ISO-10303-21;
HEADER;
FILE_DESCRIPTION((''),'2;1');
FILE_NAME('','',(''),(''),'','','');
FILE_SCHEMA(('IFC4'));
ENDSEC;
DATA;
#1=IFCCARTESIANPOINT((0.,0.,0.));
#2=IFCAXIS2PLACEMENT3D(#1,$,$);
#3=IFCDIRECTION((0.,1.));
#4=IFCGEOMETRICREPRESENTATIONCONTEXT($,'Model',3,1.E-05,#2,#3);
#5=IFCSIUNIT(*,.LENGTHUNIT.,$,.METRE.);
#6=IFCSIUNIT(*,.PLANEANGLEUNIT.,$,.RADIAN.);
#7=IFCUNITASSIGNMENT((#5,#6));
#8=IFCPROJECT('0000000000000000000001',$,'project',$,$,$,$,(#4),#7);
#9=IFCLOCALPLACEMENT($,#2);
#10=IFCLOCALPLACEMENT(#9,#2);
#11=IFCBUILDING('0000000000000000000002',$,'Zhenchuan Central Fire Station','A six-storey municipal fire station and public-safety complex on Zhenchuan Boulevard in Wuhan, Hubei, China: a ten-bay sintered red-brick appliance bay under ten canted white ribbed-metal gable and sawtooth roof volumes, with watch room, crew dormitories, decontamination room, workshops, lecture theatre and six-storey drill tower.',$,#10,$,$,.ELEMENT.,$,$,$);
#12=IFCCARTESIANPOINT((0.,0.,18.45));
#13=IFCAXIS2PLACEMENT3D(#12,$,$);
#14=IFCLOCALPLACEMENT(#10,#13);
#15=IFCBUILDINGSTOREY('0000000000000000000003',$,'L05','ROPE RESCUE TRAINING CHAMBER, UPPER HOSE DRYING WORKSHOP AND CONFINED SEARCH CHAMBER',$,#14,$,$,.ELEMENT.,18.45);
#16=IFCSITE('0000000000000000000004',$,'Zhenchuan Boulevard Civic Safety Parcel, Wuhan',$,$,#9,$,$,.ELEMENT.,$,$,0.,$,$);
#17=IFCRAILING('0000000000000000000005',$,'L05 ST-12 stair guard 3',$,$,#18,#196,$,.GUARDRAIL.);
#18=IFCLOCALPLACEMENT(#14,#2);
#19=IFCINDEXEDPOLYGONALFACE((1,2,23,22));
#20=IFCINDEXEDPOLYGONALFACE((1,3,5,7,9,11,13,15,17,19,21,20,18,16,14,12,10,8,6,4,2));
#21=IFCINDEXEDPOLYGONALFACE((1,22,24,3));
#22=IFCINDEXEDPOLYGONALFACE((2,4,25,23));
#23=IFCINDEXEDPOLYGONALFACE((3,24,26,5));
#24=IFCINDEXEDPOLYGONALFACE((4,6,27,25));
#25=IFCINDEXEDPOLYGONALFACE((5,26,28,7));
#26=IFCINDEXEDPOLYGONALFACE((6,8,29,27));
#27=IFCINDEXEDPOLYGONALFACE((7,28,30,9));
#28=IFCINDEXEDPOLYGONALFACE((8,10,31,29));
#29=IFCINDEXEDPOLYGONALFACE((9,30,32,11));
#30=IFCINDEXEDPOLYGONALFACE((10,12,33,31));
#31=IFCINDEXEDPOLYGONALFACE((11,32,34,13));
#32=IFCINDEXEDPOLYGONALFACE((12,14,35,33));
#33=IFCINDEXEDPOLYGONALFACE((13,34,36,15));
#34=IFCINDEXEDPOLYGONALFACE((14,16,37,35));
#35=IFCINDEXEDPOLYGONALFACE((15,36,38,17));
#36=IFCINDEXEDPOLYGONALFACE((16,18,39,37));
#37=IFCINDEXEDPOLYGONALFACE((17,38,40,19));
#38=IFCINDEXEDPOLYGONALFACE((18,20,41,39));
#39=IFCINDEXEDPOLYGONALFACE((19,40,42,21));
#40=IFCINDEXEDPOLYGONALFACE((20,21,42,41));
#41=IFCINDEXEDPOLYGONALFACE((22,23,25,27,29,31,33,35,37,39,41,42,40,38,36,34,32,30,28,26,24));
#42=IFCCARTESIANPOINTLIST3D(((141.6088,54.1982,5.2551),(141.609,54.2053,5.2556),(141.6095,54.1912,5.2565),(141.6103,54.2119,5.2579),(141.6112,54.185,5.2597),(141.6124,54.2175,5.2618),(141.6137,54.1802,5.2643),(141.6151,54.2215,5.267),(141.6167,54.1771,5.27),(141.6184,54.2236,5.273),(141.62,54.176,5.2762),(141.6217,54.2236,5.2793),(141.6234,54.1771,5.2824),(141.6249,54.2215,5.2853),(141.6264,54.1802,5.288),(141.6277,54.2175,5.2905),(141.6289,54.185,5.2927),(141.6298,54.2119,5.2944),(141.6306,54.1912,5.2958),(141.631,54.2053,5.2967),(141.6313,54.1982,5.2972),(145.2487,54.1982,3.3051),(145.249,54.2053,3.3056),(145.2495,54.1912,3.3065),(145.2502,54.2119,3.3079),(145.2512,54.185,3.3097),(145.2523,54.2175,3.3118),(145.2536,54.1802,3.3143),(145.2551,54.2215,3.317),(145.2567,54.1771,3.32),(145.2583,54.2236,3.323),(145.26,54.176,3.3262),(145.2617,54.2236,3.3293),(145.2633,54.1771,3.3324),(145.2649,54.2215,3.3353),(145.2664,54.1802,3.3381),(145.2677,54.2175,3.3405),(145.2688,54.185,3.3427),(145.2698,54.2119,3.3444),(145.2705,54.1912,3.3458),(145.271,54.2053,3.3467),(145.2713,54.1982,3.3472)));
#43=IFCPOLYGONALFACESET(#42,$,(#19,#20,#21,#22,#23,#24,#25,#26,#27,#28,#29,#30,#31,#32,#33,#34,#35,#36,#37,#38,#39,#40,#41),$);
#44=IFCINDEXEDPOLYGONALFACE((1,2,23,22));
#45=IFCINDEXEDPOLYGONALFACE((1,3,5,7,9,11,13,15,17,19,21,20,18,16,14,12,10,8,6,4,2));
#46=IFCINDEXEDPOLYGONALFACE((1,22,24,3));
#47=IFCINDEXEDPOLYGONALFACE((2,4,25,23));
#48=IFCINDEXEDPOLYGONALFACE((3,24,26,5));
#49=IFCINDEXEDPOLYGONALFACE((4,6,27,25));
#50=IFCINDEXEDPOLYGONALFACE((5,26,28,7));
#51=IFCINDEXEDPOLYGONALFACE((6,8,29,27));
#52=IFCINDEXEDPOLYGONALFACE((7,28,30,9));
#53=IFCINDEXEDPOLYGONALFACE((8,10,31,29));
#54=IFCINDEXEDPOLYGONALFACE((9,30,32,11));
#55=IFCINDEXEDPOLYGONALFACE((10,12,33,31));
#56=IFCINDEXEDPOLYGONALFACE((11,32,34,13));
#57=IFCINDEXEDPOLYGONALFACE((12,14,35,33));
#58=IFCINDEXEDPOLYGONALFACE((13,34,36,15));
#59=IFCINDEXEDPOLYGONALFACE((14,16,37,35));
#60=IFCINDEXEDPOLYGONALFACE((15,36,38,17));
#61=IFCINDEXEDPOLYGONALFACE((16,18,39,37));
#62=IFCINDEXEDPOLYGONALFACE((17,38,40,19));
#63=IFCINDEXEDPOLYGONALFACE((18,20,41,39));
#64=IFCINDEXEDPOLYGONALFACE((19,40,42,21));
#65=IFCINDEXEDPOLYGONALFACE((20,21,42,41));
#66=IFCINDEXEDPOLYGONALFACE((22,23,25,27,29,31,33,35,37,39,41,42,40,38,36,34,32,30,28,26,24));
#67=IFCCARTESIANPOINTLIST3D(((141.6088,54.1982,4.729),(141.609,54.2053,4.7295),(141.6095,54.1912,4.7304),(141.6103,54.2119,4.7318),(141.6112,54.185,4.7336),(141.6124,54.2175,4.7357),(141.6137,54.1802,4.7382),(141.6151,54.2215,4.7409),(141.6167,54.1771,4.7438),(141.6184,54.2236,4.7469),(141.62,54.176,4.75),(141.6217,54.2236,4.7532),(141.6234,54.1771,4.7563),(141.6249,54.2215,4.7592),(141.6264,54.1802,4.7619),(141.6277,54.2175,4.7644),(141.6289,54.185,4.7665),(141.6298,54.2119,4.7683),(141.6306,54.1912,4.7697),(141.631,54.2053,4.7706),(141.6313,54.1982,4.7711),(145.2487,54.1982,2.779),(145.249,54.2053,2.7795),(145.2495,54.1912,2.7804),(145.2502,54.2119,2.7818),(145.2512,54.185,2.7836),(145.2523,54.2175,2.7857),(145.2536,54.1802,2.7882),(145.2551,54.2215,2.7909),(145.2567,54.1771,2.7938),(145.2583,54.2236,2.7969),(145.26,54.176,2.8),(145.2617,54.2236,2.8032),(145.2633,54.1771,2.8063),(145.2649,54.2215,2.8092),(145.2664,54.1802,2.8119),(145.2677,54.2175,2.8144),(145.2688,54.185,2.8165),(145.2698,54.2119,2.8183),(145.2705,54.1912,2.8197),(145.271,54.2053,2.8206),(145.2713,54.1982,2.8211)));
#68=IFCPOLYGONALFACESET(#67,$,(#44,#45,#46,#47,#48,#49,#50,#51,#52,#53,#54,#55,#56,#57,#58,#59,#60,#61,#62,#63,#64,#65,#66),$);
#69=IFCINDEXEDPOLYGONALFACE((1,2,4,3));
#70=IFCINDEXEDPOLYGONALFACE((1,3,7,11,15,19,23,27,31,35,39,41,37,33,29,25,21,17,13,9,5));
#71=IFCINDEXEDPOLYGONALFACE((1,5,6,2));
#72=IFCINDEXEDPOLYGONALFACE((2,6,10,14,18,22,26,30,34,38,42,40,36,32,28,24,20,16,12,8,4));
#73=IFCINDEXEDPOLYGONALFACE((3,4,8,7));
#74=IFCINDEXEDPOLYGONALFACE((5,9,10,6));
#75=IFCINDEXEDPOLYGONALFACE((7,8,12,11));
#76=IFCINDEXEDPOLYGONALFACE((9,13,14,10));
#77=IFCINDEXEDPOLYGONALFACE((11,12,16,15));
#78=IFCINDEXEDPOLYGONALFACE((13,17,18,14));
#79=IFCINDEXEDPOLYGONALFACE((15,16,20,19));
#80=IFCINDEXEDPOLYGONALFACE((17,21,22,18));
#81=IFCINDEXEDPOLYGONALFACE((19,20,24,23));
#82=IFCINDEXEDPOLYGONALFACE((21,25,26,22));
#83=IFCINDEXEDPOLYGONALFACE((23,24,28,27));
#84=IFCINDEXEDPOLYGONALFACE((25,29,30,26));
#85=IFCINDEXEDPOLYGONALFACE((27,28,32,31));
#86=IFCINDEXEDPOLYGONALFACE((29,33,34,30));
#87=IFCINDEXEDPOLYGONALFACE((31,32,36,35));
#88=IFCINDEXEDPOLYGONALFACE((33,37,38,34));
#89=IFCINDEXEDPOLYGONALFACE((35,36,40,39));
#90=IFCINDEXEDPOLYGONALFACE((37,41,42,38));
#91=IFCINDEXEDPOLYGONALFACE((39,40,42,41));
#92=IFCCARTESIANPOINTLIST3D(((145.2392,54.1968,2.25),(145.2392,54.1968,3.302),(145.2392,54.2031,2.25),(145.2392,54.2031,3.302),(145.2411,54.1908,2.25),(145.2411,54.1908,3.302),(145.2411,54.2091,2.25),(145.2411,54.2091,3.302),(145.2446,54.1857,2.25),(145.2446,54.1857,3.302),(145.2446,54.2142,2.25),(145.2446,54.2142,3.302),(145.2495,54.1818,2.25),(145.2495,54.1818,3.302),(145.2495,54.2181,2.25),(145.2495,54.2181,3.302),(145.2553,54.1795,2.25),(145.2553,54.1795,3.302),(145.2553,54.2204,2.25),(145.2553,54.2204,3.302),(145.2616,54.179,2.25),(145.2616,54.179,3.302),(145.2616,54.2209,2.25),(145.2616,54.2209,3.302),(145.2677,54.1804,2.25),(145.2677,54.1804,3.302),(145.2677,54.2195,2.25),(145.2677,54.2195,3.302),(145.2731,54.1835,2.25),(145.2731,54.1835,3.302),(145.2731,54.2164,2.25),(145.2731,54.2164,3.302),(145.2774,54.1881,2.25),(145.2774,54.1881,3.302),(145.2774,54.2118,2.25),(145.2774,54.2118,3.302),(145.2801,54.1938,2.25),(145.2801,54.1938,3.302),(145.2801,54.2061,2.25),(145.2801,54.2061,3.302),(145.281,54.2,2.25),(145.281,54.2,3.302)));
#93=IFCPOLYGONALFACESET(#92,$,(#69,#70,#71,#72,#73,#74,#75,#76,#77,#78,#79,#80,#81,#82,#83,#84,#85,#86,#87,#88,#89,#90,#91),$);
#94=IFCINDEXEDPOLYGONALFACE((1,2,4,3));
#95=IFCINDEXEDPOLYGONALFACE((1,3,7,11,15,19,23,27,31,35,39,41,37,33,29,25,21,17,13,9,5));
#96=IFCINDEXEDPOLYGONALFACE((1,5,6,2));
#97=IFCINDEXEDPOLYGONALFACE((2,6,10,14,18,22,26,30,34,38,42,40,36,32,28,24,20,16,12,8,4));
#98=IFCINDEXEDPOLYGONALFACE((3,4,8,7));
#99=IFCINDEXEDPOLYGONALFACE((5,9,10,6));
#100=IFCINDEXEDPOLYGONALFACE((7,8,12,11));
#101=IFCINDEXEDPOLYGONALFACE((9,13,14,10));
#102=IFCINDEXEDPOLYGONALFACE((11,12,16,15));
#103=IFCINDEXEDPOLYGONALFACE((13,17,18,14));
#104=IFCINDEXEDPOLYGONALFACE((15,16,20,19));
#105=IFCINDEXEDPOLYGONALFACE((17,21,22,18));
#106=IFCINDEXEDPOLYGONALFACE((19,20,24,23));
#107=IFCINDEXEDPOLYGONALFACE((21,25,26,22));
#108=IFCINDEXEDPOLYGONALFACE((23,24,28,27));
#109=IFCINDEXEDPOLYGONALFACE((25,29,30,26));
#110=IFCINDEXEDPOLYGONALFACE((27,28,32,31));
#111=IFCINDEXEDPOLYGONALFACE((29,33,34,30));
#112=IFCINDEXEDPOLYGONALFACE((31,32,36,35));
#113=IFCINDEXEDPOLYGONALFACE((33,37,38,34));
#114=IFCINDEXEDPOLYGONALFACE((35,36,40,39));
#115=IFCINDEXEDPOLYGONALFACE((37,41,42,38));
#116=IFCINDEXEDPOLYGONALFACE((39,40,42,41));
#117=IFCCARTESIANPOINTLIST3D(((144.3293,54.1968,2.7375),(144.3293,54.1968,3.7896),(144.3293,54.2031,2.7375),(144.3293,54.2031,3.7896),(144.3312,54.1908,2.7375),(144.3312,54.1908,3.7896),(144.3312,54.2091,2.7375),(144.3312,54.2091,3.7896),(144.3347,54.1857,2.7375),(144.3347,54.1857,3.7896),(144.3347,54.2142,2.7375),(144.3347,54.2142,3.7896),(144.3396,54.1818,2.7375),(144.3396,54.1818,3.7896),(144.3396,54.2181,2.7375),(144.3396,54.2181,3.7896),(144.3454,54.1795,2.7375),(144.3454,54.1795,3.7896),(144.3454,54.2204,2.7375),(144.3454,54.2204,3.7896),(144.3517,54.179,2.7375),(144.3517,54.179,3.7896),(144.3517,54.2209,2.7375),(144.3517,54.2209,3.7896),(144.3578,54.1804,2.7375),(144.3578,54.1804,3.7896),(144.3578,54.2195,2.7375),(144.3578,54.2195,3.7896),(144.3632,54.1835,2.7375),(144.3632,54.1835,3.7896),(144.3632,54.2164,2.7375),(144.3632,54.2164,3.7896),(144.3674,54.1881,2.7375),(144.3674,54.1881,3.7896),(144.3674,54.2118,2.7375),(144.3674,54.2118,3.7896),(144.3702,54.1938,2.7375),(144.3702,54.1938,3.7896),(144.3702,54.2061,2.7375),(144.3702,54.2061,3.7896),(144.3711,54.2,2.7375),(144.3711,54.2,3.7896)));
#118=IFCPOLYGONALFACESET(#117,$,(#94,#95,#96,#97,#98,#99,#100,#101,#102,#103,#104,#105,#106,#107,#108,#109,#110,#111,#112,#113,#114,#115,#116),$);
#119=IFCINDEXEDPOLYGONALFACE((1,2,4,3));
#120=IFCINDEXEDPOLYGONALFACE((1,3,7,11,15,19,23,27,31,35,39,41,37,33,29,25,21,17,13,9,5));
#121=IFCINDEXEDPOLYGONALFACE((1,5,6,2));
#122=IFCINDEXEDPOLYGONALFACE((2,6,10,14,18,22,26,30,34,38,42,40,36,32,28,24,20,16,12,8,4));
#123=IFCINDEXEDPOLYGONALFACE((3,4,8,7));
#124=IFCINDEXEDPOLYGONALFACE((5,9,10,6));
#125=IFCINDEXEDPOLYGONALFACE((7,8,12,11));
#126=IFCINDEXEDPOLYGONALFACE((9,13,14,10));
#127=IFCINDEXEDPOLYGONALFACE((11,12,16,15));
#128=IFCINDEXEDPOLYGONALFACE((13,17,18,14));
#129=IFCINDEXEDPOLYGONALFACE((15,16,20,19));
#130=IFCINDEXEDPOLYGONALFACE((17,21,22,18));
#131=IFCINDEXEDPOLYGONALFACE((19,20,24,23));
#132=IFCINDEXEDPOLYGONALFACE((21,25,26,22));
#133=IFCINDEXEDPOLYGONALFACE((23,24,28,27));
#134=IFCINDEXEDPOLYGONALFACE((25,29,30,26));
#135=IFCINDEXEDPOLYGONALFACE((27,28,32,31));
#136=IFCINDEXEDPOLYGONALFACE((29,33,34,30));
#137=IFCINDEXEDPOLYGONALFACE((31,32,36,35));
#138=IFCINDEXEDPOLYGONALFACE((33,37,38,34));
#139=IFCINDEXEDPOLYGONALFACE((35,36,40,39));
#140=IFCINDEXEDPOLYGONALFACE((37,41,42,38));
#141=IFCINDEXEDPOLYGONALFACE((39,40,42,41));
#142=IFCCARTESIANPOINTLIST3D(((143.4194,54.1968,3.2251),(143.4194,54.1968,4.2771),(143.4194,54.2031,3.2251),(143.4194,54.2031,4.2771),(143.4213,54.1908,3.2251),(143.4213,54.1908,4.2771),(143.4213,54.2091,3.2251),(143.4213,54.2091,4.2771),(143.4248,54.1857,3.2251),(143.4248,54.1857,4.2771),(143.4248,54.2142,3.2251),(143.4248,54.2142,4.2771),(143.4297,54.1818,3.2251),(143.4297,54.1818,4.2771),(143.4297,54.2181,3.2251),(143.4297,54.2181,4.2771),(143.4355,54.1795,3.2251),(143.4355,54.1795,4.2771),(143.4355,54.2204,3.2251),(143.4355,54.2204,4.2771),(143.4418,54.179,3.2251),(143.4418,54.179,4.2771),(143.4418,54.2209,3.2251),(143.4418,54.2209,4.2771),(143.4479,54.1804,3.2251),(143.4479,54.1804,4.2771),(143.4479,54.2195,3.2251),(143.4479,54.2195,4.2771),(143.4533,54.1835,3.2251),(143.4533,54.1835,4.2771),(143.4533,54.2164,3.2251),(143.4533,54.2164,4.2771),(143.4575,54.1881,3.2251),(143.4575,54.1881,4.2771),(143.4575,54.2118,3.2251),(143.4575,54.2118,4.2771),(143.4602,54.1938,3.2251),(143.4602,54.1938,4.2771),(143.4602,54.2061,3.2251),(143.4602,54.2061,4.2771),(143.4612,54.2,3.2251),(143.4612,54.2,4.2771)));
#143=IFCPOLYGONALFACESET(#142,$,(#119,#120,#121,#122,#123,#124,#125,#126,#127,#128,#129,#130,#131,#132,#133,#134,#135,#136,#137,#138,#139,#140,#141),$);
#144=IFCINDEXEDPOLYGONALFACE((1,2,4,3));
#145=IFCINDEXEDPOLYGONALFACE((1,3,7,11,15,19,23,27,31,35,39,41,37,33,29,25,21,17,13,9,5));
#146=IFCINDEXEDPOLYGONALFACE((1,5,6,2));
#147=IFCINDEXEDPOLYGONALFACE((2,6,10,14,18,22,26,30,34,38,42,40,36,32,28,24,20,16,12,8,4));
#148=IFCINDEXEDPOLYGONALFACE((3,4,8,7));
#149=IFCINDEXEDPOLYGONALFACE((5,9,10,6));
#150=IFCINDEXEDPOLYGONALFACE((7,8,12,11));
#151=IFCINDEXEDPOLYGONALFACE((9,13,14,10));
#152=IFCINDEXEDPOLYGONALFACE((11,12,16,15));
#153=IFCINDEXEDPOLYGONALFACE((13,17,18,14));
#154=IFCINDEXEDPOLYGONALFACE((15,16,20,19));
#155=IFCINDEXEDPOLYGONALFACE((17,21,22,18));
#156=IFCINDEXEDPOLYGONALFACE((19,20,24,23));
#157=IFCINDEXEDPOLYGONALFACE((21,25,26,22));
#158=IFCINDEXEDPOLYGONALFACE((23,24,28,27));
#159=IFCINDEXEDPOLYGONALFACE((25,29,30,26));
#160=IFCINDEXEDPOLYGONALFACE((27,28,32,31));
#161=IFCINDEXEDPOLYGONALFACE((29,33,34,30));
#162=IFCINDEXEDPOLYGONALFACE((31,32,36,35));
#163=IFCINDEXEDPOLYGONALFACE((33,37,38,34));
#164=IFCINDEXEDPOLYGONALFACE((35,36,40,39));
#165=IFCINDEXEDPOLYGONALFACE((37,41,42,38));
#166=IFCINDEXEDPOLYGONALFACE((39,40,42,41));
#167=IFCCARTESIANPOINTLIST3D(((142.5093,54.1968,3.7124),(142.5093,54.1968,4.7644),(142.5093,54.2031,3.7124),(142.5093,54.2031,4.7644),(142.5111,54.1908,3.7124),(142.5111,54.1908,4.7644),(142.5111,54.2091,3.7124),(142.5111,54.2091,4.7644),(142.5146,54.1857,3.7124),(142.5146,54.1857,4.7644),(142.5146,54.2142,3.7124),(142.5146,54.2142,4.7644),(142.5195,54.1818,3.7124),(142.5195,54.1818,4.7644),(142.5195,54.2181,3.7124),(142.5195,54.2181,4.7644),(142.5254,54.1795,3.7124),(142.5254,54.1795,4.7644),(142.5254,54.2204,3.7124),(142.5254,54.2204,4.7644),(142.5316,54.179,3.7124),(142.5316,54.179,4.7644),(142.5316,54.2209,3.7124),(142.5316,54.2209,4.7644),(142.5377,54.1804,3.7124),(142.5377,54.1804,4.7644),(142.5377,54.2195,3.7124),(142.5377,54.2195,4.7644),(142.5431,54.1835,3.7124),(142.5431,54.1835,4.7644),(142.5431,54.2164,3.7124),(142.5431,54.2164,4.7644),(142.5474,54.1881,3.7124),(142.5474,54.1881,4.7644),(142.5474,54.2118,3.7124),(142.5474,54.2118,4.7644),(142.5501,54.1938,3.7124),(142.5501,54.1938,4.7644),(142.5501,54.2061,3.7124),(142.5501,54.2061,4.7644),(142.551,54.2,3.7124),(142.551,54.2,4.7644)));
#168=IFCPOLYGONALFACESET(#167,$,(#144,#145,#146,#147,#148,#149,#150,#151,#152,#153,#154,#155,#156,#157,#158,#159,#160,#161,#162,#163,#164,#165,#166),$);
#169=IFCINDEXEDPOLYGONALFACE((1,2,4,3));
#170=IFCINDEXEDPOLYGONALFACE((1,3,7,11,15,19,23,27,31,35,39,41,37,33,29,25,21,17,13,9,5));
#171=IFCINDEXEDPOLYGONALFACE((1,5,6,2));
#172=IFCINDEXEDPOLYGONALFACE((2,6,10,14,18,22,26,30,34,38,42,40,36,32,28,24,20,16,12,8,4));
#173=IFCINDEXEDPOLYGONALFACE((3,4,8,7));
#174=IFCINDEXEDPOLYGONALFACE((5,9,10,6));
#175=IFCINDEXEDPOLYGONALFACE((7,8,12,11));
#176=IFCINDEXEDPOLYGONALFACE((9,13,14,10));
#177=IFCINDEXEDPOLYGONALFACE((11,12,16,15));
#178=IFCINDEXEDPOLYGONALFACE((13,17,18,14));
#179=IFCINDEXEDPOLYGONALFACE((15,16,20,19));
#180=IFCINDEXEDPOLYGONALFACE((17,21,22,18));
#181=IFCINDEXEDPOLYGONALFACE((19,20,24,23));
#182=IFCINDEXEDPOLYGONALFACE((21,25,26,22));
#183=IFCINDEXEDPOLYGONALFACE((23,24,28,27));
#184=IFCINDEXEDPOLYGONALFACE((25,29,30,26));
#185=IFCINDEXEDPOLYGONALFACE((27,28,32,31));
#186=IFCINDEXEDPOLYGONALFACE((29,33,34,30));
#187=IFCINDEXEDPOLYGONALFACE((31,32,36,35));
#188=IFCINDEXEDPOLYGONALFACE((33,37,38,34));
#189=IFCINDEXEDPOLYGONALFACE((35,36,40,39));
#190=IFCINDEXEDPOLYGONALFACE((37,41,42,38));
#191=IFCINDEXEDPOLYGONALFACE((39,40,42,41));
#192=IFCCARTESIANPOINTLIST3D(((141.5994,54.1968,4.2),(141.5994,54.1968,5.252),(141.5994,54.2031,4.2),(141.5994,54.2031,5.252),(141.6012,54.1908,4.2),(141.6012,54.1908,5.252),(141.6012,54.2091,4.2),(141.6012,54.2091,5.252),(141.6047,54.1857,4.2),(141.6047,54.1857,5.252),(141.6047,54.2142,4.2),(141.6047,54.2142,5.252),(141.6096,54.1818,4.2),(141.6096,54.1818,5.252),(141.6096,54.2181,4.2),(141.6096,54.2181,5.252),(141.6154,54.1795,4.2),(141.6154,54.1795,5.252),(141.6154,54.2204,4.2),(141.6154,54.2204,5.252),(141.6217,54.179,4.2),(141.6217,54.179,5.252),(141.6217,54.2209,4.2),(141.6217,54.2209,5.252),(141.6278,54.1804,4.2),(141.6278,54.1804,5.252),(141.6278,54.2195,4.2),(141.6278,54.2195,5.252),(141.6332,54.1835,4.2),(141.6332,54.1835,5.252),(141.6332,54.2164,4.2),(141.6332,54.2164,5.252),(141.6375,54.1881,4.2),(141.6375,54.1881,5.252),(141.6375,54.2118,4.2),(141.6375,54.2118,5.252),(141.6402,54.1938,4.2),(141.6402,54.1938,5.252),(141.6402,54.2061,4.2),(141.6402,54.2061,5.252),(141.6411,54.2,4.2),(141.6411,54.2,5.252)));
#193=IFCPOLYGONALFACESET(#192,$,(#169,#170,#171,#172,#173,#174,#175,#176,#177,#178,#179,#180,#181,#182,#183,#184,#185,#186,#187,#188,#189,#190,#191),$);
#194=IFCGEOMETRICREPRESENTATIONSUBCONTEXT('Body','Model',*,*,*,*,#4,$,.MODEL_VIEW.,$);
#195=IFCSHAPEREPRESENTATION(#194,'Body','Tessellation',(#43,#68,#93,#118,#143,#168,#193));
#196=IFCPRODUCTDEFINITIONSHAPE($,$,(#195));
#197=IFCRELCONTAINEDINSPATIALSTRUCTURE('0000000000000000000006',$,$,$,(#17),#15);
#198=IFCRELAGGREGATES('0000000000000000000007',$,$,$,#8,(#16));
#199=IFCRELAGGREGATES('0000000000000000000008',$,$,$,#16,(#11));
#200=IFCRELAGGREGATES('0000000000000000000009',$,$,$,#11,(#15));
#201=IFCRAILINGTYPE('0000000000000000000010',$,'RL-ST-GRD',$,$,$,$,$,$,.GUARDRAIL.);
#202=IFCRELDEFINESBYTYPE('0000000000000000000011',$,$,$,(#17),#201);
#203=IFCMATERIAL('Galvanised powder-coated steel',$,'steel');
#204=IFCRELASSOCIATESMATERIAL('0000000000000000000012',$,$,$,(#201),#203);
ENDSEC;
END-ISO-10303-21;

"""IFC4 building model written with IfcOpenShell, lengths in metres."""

from ifc_helpers import new_model, si_unit, direction, frame, origin, origin_2d, place, context, subcontext, project, spatial, circle, extrude, material, type_object, element, save


model = new_model("IFC4")

# Units and contexts
model_context = context("Model", 3, precision=1e-05, world=origin(), true_north=direction((0.0, 1.0)))
body_context = subcontext(model_context, "Body", "Model", "MODEL_VIEW")
ifc_project = project(units=[si_unit("LENGTHUNIT", "METRE"), si_unit("PLANEANGLEUNIT", "RADIAN")], contexts=[model_context])

# Site, building, storey
site_placement = place(None, origin())
site = spatial("IfcSite", under=ifc_project, at=site_placement, Name="Zhenchuan Boulevard Civic Safety Parcel, Wuhan", CompositionType="ELEMENT", RefElevation=0.0)
building_placement = place(site_placement, origin())
building = spatial("IfcBuilding", under=site, at=building_placement, Name="Zhenchuan Central Fire Station", Description="A six-storey municipal fire station and public-safety complex on Zhenchuan Boulevard in Wuhan, Hubei, China: a ten-bay sintered red-brick appliance bay under ten canted white ribbed-metal gable and sawtooth roof volumes, with watch room, crew dormitories, decontamination room, workshops, lecture theatre and six-storey drill tower.", CompositionType="ELEMENT")
storey_placement = place(building_placement, frame((0.0, 0.0, 18.45)))
storey = spatial("IfcBuildingStorey", under=building, at=storey_placement, Name="L05", Description="ROPE RESCUE TRAINING CHAMBER, UPPER HOSE DRYING WORKSHOP AND CONFINED SEARCH CHAMBER", CompositionType="ELEMENT", Elevation=18.45)

# Railing
ifc_material_1 = material(Name="Galvanised powder-coated steel", Category="steel")
railing_type_1 = type_object("IfcRailingType", Name="RL-ST-GRD", PredefinedType="GUARDRAIL", material=ifc_material_1)
railing_1_placement = place(storey_placement, frame((145.26, 54.2, 2.25)))
element("IfcRailing", 1, at=railing_1_placement, inside=storey, type_object=railing_type_1, Name="L05 ST-12 stair guard 3", PredefinedType="GUARDRAIL", context=body_context, shape_type="SweptSolid", body=[
    extrude(circle(Radius=0.0239, at=origin_2d()), frame((0.0, 0.0, 1.0762), z_axis=(-0.881479, 0.0, 0.472223), x_axis=(0.0, -1.0, 0.0)), (0.0, 0.0, 1.0), 4.1294),
    extrude(circle(Radius=0.0239, at=origin_2d()), frame((0.0, 0.0, 0.55), z_axis=(-0.881479, 0.0, 0.472223), x_axis=(0.0, -1.0, 0.0)), (0.0, 0.0, 1.0), 4.1294),
    extrude(circle(Radius=0.021, at=origin_2d()), origin(), (0.0, 0.0, 1.0), 1.052),
    extrude(circle(Radius=0.021, at=origin_2d()), frame((-0.9099, 0.0, 0.4875)), (0.0, 0.0, 1.0), 1.052),
    extrude(circle(Radius=0.021, at=origin_2d()), frame((-1.8198, 0.0, 0.9751)), (0.0, 0.0, 1.0), 1.052),
    extrude(circle(Radius=0.021, at=origin_2d()), frame((-2.73, 0.0, 1.4624)), (0.0, 0.0, 1.0), 1.052),
    extrude(circle(Radius=0.021, at=origin_2d()), frame((-3.6399, 0.0, 1.95)), (0.0, 0.0, 1.0), 1.052),
])

save(model, "model.ifc")
